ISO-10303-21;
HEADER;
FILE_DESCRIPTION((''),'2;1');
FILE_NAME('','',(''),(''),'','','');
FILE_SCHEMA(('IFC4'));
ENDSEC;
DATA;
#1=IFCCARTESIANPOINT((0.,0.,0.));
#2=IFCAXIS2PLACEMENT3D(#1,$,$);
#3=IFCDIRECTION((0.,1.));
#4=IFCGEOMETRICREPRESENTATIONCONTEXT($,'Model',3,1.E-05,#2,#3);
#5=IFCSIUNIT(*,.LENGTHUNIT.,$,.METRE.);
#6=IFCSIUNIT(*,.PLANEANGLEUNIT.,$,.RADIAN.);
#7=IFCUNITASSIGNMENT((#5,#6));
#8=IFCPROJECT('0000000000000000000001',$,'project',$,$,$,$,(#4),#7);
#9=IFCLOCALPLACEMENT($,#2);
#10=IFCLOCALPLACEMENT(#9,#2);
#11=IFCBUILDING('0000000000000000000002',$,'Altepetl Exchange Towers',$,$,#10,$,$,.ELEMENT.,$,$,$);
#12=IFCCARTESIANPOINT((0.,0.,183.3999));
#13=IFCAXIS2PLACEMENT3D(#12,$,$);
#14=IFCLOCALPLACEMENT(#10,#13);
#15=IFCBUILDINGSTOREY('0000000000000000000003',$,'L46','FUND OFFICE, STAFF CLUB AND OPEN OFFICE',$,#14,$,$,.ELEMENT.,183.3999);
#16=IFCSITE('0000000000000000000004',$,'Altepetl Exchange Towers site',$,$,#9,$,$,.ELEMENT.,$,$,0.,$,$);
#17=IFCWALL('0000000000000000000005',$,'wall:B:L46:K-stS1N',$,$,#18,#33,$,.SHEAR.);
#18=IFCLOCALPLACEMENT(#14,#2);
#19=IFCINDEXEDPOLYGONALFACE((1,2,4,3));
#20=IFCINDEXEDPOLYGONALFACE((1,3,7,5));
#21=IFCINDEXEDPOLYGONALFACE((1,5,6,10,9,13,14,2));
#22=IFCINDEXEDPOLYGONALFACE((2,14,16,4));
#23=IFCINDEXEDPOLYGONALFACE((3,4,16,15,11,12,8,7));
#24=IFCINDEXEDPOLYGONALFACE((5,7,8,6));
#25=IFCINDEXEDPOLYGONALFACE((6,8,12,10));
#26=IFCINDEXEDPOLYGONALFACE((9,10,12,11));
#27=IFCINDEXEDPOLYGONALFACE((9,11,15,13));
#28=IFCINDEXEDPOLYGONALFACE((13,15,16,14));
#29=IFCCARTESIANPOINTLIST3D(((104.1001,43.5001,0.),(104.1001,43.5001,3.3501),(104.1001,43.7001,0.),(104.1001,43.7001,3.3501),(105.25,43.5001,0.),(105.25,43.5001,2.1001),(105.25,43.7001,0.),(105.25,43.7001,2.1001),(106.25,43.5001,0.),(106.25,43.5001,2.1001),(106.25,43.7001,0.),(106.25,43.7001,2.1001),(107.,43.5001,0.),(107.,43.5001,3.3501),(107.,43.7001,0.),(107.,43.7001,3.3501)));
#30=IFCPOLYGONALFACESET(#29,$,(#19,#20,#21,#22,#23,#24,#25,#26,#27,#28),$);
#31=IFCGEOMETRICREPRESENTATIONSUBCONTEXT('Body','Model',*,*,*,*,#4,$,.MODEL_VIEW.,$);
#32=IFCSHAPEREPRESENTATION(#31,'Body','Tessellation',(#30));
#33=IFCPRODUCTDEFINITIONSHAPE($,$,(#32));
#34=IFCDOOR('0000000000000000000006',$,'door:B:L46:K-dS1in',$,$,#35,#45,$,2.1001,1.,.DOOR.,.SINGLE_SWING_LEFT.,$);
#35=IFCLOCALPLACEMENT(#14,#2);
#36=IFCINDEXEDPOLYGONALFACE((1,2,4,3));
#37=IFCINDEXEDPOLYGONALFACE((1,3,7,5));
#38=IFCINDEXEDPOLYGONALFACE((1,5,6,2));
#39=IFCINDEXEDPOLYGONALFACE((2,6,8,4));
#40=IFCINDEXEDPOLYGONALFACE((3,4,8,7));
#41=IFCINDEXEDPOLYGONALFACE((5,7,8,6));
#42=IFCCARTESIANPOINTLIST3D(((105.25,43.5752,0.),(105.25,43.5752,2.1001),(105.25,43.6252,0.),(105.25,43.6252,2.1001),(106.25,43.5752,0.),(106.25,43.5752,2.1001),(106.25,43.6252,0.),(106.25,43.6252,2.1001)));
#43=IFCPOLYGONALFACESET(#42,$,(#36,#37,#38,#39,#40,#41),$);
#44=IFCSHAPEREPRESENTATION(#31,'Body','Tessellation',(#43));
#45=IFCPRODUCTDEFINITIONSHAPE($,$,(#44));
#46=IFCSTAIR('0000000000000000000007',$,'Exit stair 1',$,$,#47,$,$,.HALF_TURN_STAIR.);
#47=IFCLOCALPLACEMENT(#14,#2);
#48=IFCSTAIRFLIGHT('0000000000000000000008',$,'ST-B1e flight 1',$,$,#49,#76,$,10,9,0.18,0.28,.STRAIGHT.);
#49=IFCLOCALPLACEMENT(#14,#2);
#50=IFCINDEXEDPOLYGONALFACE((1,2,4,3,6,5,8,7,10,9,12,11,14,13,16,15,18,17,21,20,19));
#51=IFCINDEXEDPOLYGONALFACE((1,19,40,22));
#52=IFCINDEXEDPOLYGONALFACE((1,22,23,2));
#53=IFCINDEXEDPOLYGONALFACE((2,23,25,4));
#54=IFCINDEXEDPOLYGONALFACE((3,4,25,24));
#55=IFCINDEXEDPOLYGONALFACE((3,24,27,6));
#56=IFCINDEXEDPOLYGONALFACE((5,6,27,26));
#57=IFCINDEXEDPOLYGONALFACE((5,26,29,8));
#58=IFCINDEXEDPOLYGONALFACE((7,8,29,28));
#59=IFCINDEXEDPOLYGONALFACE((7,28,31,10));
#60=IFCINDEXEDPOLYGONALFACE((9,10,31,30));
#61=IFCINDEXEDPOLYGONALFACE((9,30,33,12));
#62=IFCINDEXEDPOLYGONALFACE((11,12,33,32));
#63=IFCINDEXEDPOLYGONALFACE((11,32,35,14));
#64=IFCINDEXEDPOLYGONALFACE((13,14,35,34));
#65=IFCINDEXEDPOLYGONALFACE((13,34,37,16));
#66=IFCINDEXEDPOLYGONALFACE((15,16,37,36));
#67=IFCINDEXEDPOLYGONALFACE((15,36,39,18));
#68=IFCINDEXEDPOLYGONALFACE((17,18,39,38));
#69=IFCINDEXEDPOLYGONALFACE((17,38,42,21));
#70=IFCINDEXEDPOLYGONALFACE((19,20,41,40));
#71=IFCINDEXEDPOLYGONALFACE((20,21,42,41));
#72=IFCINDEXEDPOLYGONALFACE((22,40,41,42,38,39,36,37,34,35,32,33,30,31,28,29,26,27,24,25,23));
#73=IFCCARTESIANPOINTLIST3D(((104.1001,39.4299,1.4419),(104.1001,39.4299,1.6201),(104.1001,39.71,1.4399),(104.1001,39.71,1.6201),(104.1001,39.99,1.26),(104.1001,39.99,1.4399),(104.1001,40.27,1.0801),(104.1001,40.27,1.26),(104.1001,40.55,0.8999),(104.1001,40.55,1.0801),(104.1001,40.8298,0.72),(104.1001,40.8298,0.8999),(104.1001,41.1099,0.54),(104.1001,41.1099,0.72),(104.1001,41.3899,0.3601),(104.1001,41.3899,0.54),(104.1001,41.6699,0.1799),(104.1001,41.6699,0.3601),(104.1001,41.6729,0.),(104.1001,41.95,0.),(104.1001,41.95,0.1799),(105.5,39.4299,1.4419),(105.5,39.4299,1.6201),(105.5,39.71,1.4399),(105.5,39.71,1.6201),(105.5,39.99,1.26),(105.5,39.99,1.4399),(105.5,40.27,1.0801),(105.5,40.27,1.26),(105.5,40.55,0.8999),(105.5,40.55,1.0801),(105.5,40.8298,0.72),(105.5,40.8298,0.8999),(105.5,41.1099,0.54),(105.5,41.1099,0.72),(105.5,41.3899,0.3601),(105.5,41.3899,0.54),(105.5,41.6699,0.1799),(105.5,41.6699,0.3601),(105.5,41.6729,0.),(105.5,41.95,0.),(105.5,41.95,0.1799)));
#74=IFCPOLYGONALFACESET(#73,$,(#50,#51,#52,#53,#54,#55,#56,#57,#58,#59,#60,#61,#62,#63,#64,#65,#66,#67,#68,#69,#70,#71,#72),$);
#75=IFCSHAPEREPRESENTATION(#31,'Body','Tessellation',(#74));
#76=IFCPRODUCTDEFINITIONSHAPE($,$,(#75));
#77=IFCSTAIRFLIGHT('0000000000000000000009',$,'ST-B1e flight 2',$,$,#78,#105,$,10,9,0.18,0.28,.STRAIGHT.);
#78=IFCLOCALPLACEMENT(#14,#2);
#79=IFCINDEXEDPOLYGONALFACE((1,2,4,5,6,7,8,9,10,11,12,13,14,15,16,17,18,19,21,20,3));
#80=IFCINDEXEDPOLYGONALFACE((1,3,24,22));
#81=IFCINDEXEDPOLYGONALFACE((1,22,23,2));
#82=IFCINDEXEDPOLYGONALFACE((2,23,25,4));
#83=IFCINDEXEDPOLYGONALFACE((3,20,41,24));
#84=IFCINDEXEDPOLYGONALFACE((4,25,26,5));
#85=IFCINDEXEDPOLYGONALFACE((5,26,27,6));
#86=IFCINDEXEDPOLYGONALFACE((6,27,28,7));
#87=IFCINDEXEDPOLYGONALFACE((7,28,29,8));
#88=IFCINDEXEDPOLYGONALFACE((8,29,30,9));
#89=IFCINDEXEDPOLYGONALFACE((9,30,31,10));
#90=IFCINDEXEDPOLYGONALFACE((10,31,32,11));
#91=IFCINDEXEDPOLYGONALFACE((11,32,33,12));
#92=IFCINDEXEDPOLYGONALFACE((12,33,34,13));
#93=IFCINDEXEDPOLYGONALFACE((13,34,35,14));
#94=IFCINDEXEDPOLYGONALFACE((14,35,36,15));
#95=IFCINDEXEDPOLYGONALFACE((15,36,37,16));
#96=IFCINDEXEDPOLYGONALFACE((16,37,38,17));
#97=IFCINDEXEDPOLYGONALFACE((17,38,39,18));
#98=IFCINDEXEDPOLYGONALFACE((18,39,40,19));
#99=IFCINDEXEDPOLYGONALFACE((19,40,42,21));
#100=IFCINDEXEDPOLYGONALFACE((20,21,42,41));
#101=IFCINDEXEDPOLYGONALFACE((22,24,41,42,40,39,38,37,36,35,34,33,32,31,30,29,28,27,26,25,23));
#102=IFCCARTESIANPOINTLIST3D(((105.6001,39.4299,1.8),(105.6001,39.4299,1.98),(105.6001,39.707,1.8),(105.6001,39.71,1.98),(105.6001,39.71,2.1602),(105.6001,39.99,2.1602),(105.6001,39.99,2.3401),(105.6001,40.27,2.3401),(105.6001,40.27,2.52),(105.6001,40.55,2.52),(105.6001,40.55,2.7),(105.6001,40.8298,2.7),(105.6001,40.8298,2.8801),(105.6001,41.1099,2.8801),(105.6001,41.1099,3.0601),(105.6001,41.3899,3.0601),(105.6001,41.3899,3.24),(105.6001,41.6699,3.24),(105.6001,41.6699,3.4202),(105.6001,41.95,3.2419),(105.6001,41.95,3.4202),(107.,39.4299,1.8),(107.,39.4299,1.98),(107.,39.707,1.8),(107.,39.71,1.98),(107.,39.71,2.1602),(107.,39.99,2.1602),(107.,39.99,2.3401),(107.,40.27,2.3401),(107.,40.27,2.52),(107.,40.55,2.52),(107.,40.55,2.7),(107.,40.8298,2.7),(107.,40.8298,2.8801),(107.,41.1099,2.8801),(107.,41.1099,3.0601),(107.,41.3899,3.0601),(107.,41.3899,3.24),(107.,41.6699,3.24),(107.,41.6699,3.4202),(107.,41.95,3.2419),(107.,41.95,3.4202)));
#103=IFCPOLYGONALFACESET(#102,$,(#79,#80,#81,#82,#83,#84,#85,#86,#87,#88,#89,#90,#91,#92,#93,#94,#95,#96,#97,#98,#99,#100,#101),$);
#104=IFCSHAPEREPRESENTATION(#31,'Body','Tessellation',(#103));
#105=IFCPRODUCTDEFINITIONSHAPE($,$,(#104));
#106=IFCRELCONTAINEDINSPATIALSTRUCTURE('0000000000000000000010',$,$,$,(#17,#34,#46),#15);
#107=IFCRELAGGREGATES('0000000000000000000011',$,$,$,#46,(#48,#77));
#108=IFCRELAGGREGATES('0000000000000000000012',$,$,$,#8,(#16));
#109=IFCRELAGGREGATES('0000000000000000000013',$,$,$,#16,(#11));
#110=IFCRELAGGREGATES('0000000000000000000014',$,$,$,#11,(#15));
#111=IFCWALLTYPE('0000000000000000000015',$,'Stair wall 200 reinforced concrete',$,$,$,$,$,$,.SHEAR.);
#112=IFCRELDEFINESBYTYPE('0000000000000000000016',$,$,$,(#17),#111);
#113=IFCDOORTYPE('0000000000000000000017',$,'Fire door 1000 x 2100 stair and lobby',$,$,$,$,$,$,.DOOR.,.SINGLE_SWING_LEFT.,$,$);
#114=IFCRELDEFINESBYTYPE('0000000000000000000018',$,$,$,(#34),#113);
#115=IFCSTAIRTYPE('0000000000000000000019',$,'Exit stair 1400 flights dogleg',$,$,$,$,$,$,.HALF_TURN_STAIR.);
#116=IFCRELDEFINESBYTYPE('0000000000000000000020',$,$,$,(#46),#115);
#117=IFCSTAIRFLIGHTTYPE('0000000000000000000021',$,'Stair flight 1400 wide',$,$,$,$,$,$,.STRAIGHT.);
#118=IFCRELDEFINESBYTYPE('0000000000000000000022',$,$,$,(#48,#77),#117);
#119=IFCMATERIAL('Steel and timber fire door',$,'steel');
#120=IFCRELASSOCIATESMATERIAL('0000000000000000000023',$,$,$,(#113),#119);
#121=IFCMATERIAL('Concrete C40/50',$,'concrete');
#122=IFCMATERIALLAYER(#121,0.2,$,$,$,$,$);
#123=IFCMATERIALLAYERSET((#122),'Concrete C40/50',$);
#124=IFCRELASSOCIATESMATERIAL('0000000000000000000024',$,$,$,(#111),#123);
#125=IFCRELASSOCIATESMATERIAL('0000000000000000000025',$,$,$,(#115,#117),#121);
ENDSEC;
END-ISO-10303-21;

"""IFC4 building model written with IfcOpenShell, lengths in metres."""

from ifc_helpers import new_model, si_unit, direction, frame, frame_2d, origin, place, context, subcontext, project, spatial, polyline, rectangle, outline, extrude, material, layer, layer_set, type_object, element, fill, aggregate, save


model = new_model("IFC4")

# Units and contexts
model_context = context("Model", 3, precision=1e-05, world=origin(), true_north=direction((0.0, 1.0)))
body_context = subcontext(model_context, "Body", "Model", "MODEL_VIEW")
ifc_project = project(units=[si_unit("LENGTHUNIT", "METRE"), si_unit("PLANEANGLEUNIT", "RADIAN")], contexts=[model_context])

# Site, building, storey
site_placement = place(None, origin())
site = spatial("IfcSite", under=ifc_project, at=site_placement, Name="Altepetl Exchange Towers site", CompositionType="ELEMENT", RefElevation=0.0)
building_placement = place(site_placement, origin())
building = spatial("IfcBuilding", under=site, at=building_placement, Name="Altepetl Exchange Towers", CompositionType="ELEMENT")
storey_placement = place(building_placement, frame((0.0, 0.0, 183.3999)))
storey = spatial("IfcBuildingStorey", under=building, at=storey_placement, Name="L46", Description="FUND OFFICE, STAFF CLUB AND OPEN OFFICE", CompositionType="ELEMENT", Elevation=183.3999)

# Shared definitions
ifc_material_1 = material(Name="Steel and timber fire door", Category="steel")
door_type_1 = type_object("IfcDoorType", Name="Fire door 1000 x 2100 stair and lobby", OperationType="SINGLE_SWING_LEFT", PredefinedType="DOOR", material=ifc_material_1)

# Shared definitions
ifc_material_2 = material(Name="Concrete C40/50", Category="concrete")

# Shared definitions
ifc_layer_1 = layer(ifc_material_2, 0.2)
ifc_layer_set_1 = layer_set([ifc_layer_1], Name="Concrete C40/50")
wall_type_1 = type_object("IfcWallType", Name="Stair wall 200 reinforced concrete", PredefinedType="SHEAR", material=ifc_layer_set_1)

# Wall, opening, door
wall_1_placement = place(storey_placement, frame((104.1001, 43.6001, 0.0)))
wall_1 = element("IfcWall", 1, at=wall_1_placement, inside=storey, type_object=wall_type_1, Name="wall:B:L46:K-stS1N", PredefinedType="SHEAR", context=body_context, shape_type="SweptSolid", body=[
    extrude(rectangle(XDim=2.8999, YDim=0.2, at=frame_2d((1.45, 0.0))), origin(), (0.0, 0.0, 1.0), 3.3501),
])
opening_1_placement = place(wall_1_placement, frame((1.1499, 0.0, 0.0)))
opening_1 = element("IfcOpeningElement", 2, at=opening_1_placement, cuts=wall_1, PredefinedType="OPENING", context=body_context, shape_type="SweptSolid", body=[
    extrude(rectangle(XDim=1.0, YDim=2.1001, at=frame_2d((0.5, 1.05))), frame((0.0, 0.1099, 0.0), z_axis=(0.0, -1.0, 0.0), x_axis=(1.0, 0.0, 0.0)), (0.0, 0.0, 1.0), 0.22),
])
door_1_placement = place(opening_1_placement, frame((1.0, 0.0, 0.0), x_axis=(-1.0, 0.0, 0.0)))
door_1 = element("IfcDoor", 3, at=door_1_placement, inside=storey, type_object=door_type_1, Name="door:B:L46:K-dS1in", OperationType="SINGLE_SWING_LEFT", OverallHeight=2.1001, OverallWidth=1.0, PredefinedType="DOOR", context=body_context, shape_type="SweptSolid", body=[
    extrude(rectangle(XDim=1.0, YDim=2.1001, at=frame_2d((0.5, 1.05))), frame((0.0, 0.0249, 0.0), z_axis=(0.0, -1.0, 0.0), x_axis=(1.0, 0.0, 0.0)), (0.0, 0.0, 1.0), 0.05),
])
fill(opening_1, door_1)

# Stair, stair flights
stair_type = type_object("IfcStairType", Name="Exit stair 1400 flights dogleg", PredefinedType="HALF_TURN_STAIR", material=ifc_material_2)
stair_placement = place(storey_placement, origin())
stair = element("IfcStair", 4, at=stair_placement, inside=storey, type_object=stair_type, Name="Exit stair 1", PredefinedType="HALF_TURN_STAIR")
stair_flight_type = type_object("IfcStairFlightType", Name="Stair flight 1400 wide", PredefinedType="STRAIGHT", material=ifc_material_2)
stair_flight_1_placement = place(storey_placement, frame((104.8, 41.95, 0.0), z_axis=(0.0, 0.0, 1.0), x_axis=(0.0, -1.0, 0.0)))
stair_flight_1 = element("IfcStairFlight", 5, at=stair_flight_1_placement, type_object=stair_flight_type, Name="ST-B1e flight 1", NumberOfRisers=10, NumberOfTreads=9, PredefinedType="STRAIGHT", RiserHeight=0.18, TreadLength=0.28, context=body_context, shape_type="SweptSolid", body=[
    extrude(outline(polyline([(0.0, 0.0), (0.0, 0.1799), (0.28, 0.1799), (0.28, 0.3601), (0.5601, 0.3601), (0.5601, 0.54), (0.8401, 0.54), (0.8401, 0.72), (1.1201, 0.72), (1.1201, 0.8999), (1.3999, 0.8999), (1.3999, 1.0801), (1.6799, 1.0801), (1.6799, 1.26), (1.96, 1.26), (1.96, 1.4399), (2.24, 1.4399), (2.24, 1.6201), (2.52, 1.6201), (2.52, 1.8), (2.52, 1.4419), (0.2771, 0.0), (0.0, 0.0)])), frame((0.0, 0.7, 0.0), z_axis=(0.0, -1.0, 0.0), x_axis=(1.0, 0.0, 0.0)), (0.0, 0.0, 1.0), 1.3999),
])
stair_flight_2_placement = place(storey_placement, frame((106.3, 39.4299, 1.8), z_axis=(0.0, 0.0, 1.0), x_axis=(0.0, 1.0, 0.0)))
stair_flight_2 = element("IfcStairFlight", 6, at=stair_flight_2_placement, type_object=stair_flight_type, Name="ST-B1e flight 2", NumberOfRisers=10, NumberOfTreads=9, PredefinedType="STRAIGHT", RiserHeight=0.18, TreadLength=0.28, context=body_context, shape_type="SweptSolid", body=[
    extrude(outline(polyline([(0.0, 0.0), (0.0, 0.1799), (0.28, 0.1799), (0.28, 0.3601), (0.5601, 0.3601), (0.5601, 0.54), (0.8401, 0.54), (0.8401, 0.72), (1.1201, 0.72), (1.1201, 0.8999), (1.3999, 0.8999), (1.3999, 1.0801), (1.6799, 1.0801), (1.6799, 1.26), (1.96, 1.26), (1.96, 1.4399), (2.24, 1.4399), (2.24, 1.6201), (2.52, 1.6201), (2.52, 1.8), (2.52, 1.4419), (0.2771, 0.0), (0.0, 0.0)])), frame((0.0, 0.7, 0.0), z_axis=(0.0, -1.0, 0.0), x_axis=(1.0, 0.0, 0.0)), (0.0, 0.0, 1.0), 1.3999),
])
aggregate(stair, [stair_flight_1, stair_flight_2])

save(model, "model.ifc")
